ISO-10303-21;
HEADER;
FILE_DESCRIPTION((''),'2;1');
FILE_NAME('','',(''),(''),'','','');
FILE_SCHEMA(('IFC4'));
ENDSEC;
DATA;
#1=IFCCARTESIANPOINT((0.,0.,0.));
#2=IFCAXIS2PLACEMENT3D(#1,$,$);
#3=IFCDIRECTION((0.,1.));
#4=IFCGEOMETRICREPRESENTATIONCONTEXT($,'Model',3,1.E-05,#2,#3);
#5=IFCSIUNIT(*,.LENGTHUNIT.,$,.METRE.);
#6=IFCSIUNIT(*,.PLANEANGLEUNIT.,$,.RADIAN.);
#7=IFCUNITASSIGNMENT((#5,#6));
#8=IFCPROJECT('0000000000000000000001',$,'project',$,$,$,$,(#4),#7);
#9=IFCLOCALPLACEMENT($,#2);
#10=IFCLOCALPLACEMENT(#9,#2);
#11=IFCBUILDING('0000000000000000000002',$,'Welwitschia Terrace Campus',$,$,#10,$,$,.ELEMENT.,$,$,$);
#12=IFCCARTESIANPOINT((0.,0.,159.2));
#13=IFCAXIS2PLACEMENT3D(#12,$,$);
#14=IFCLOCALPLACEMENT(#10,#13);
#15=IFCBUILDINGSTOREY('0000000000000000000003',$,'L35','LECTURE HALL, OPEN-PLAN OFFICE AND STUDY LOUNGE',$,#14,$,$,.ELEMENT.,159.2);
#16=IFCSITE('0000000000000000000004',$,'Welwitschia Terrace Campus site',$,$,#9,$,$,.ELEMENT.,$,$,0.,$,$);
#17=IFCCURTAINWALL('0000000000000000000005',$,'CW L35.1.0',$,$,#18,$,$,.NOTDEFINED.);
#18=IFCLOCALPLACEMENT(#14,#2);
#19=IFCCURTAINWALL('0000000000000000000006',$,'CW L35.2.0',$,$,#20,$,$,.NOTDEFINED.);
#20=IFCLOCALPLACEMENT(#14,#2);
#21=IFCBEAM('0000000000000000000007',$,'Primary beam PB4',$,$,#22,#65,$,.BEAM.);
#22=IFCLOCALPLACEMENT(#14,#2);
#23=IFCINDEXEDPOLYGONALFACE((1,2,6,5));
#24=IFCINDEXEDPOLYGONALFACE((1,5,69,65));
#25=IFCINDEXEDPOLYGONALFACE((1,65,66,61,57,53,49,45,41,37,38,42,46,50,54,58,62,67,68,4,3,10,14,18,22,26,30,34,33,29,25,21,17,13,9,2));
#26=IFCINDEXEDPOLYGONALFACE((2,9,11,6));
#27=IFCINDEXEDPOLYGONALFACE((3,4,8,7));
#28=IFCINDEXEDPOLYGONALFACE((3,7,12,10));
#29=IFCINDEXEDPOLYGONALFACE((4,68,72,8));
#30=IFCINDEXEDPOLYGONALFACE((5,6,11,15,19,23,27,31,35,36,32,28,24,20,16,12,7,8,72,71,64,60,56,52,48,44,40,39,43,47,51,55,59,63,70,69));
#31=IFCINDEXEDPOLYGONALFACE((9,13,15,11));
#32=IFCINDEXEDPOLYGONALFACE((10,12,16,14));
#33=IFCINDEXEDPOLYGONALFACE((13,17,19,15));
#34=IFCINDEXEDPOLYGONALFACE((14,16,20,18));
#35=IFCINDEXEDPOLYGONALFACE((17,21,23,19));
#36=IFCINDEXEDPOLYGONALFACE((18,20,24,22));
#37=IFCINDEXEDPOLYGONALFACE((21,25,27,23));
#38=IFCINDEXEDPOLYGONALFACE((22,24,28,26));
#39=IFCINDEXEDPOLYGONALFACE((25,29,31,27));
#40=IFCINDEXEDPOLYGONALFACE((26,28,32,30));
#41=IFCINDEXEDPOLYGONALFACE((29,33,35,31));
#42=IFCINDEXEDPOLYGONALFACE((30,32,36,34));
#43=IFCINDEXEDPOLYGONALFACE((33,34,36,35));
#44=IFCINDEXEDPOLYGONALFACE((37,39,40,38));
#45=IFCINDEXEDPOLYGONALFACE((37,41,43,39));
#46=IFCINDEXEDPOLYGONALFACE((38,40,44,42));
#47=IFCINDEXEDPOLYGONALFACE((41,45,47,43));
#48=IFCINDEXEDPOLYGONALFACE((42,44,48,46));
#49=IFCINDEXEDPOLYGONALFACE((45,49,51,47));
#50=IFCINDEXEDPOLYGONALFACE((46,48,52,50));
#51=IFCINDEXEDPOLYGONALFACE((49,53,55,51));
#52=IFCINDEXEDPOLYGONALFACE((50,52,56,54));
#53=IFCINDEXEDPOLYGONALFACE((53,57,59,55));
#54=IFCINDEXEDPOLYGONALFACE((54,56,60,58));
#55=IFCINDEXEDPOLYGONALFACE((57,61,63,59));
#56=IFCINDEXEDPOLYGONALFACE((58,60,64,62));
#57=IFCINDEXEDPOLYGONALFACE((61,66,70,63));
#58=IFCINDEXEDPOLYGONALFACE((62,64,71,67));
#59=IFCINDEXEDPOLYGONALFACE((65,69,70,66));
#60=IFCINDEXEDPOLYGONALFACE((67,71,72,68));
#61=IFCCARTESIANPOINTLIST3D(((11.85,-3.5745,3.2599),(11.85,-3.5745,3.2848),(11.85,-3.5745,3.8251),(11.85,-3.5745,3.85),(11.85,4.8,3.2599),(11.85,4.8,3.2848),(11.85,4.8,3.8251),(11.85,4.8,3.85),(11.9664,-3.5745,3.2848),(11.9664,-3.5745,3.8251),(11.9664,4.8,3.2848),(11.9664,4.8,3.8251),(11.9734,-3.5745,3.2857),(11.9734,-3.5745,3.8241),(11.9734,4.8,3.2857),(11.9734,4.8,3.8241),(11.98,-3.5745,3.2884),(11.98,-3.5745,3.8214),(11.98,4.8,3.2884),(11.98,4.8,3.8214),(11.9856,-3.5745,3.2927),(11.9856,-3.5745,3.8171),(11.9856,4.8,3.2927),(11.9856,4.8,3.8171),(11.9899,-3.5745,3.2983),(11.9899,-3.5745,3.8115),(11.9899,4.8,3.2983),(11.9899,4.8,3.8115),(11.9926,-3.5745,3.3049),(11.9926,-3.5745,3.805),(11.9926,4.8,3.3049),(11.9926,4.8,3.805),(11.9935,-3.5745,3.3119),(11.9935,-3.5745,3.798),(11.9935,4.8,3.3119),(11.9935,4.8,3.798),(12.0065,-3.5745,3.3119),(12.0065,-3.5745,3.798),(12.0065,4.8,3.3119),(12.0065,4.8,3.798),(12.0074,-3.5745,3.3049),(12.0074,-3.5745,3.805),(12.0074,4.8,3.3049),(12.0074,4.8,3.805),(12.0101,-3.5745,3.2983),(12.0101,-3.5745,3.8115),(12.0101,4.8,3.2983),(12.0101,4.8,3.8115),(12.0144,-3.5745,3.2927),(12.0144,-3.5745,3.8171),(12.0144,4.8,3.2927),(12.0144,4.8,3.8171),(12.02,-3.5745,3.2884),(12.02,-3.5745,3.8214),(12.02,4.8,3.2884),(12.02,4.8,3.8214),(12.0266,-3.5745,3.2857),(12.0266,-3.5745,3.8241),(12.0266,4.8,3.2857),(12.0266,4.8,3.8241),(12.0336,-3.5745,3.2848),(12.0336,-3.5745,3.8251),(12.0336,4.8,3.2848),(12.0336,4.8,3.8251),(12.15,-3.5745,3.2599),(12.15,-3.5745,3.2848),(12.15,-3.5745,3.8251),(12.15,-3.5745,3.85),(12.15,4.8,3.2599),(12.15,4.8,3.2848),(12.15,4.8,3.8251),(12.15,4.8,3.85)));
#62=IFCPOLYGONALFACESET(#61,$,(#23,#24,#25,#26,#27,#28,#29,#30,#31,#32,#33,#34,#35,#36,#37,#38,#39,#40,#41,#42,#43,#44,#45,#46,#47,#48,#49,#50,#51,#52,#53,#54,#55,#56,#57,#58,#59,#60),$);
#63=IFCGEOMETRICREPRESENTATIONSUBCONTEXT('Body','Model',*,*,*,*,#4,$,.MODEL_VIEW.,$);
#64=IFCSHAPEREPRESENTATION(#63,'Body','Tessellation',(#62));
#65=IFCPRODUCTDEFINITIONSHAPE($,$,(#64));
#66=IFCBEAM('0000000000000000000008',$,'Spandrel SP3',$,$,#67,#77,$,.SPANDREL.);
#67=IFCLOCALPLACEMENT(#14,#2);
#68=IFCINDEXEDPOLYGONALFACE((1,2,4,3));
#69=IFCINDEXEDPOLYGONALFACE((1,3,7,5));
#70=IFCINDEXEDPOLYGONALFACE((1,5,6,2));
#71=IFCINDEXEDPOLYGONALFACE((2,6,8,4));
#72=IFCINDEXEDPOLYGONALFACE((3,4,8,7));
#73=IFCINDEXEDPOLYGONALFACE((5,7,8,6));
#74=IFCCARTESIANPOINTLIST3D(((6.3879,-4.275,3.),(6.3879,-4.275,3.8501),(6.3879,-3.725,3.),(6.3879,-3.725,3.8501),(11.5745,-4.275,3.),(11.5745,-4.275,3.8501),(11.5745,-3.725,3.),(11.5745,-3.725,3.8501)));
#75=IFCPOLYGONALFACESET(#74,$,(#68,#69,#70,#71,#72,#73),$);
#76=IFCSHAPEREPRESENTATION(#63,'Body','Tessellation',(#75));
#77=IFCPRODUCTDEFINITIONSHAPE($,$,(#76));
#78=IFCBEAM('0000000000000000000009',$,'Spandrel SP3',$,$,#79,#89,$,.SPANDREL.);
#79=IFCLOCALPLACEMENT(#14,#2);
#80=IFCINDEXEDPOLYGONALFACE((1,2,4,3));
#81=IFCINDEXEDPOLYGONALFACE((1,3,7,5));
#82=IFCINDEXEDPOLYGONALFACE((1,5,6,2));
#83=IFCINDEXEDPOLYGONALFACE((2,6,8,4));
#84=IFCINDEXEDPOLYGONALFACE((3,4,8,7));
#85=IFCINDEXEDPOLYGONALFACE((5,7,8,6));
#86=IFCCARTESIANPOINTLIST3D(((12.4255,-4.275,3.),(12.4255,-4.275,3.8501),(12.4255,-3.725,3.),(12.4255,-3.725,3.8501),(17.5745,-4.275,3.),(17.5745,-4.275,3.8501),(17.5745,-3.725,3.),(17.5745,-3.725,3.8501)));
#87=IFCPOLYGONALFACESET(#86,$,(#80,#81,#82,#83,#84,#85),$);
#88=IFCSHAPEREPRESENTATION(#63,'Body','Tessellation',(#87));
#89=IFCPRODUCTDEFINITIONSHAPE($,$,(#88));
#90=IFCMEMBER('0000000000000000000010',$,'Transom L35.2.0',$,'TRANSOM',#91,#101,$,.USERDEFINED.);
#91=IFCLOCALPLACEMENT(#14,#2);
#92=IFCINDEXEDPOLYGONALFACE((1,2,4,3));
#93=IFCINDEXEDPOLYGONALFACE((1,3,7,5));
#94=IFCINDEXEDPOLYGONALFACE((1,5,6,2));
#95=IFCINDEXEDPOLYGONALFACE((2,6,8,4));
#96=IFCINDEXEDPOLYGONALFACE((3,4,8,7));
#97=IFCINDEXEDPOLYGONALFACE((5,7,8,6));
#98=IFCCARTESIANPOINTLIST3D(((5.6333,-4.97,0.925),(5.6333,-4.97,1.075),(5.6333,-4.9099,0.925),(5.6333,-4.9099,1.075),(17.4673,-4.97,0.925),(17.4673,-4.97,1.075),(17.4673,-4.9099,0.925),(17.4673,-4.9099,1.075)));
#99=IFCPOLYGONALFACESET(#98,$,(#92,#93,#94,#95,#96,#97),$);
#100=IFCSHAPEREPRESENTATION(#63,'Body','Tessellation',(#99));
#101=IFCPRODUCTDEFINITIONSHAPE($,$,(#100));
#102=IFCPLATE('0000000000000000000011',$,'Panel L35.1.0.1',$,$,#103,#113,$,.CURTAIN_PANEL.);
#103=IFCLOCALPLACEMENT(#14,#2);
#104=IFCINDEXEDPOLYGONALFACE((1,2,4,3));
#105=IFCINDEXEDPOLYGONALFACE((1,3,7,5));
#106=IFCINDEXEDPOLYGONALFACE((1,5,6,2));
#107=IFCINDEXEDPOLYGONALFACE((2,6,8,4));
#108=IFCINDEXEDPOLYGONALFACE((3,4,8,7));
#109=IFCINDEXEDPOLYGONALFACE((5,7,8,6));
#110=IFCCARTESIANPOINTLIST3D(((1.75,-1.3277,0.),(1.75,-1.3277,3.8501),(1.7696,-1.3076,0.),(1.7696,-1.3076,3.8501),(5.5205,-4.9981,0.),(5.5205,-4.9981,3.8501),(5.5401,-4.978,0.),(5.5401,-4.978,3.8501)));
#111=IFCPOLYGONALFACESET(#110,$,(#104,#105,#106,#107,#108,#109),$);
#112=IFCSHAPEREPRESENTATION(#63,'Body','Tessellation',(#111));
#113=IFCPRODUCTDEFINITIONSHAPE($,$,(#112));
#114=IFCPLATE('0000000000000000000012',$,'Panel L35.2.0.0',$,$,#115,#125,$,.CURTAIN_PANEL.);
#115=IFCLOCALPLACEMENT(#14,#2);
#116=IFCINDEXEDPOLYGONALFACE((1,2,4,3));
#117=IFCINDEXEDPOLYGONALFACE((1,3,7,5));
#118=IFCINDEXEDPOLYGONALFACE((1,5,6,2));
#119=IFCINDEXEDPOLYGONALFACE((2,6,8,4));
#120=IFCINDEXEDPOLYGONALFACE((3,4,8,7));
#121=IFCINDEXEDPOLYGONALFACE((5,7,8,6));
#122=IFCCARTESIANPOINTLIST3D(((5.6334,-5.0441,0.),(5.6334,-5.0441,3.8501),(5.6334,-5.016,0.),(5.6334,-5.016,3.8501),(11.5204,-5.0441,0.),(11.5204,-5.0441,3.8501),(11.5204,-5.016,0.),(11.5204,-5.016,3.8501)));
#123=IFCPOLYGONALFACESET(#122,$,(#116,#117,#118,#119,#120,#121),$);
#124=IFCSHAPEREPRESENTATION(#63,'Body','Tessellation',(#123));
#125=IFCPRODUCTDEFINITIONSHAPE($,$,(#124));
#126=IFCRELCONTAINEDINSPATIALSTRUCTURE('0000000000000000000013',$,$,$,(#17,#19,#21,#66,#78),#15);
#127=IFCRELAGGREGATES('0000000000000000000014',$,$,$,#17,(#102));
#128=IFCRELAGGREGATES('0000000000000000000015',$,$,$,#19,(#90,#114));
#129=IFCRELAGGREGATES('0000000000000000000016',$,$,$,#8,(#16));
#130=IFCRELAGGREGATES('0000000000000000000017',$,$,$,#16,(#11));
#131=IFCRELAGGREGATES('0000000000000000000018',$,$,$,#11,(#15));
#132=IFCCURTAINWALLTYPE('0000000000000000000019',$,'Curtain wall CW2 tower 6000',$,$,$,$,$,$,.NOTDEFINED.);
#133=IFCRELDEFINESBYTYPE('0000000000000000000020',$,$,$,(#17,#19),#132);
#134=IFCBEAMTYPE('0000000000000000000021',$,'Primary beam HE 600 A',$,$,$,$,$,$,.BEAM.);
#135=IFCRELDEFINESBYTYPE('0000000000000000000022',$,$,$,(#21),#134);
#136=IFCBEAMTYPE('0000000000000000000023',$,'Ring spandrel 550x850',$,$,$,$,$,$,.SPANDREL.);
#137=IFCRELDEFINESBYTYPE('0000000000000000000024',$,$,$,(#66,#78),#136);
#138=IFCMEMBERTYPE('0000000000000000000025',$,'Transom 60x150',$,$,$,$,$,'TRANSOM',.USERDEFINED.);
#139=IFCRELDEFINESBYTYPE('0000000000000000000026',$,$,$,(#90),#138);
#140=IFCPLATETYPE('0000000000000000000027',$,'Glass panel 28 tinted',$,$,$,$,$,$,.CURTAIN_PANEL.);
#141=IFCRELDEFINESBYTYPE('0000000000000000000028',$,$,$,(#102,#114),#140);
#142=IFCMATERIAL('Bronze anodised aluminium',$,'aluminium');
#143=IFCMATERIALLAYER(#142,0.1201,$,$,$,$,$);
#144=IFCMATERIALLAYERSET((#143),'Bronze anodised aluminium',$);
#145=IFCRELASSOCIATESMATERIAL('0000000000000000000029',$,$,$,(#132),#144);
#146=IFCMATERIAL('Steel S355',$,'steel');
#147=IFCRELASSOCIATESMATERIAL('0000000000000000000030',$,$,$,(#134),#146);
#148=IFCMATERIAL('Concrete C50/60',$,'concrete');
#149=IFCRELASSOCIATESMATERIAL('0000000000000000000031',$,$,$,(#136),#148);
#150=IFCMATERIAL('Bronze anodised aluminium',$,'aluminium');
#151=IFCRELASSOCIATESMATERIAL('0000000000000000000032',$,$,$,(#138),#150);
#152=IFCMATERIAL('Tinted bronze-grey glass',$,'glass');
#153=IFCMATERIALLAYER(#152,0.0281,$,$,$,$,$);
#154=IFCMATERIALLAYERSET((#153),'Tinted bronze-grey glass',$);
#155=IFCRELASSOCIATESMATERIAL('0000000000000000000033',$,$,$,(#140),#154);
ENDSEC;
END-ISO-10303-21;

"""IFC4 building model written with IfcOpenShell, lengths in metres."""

from ifc_helpers import new_model, si_unit, direction, frame, origin, origin_2d, place, context, subcontext, project, spatial, rectangle, i_section, extrude, material, layer, layer_set, material_profile, profile_set, type_object, element, aggregate, save


model = new_model("IFC4")

# Units and contexts
model_context = context("Model", 3, precision=1e-05, world=origin(), true_north=direction((0.0, 1.0)))
body_context = subcontext(model_context, "Body", "Model", "MODEL_VIEW")
ifc_project = project(units=[si_unit("LENGTHUNIT", "METRE"), si_unit("PLANEANGLEUNIT", "RADIAN")], contexts=[model_context])

# Site, building, storey
site_placement = place(None, origin())
site = spatial("IfcSite", under=ifc_project, at=site_placement, Name="Welwitschia Terrace Campus site", CompositionType="ELEMENT", RefElevation=0.0)
building_placement = place(site_placement, origin())
building = spatial("IfcBuilding", under=site, at=building_placement, Name="Welwitschia Terrace Campus", CompositionType="ELEMENT")
storey_placement = place(building_placement, frame((0.0, 0.0, 159.2)))
storey = spatial("IfcBuildingStorey", under=building, at=storey_placement, Name="L35", Description="LECTURE HALL, OPEN-PLAN OFFICE AND STUDY LOUNGE", CompositionType="ELEMENT", Elevation=159.2)

# Curtain walls
ifc_material_1 = material(Name="Bronze anodised aluminium", Category="aluminium")
ifc_layer_1 = layer(ifc_material_1, 0.1201)
ifc_layer_set_1 = layer_set([ifc_layer_1], Name="Bronze anodised aluminium")
curtain_wall_type = type_object("IfcCurtainWallType", Name="Curtain wall CW2 tower 6000", PredefinedType="NOTDEFINED", material=ifc_layer_set_1)
curtain_wall_1_placement = place(storey_placement, origin())
curtain_wall_1 = element("IfcCurtainWall", 1, at=curtain_wall_1_placement, inside=storey, type_object=curtain_wall_type, Name="CW L35.1.0", PredefinedType="NOTDEFINED")
curtain_wall_2_placement = place(storey_placement, origin())
curtain_wall_2 = element("IfcCurtainWall", 2, at=curtain_wall_2_placement, inside=storey, type_object=curtain_wall_type, Name="CW L35.2.0", PredefinedType="NOTDEFINED")

# Beams
ifc_material_2 = material(Name="Steel S355", Category="steel")
ifc_material_profile_1 = material_profile(ifc_material_2, i_section(OverallWidth=0.3, OverallDepth=0.5901, WebThickness=0.0129, FlangeThickness=0.0249, FilletRadius=0.0271, at=origin_2d()))
ifc_profile_set_1 = profile_set([ifc_material_profile_1], Name="Steel S355")
beam_type_1 = type_object("IfcBeamType", Name="Primary beam HE 600 A", PredefinedType="BEAM", material=ifc_profile_set_1)
beam_1_placement = place(storey_placement, frame((12.0, -3.5745, 3.5549), z_axis=(0.0, 1.0, 0.0), x_axis=(-1.0, 0.0, 0.0)))
element("IfcBeam", 3, at=beam_1_placement, inside=storey, type_object=beam_type_1, Name="Primary beam PB4", PredefinedType="BEAM", context=body_context, shape_type="SweptSolid", body=[
    extrude(i_section(OverallWidth=0.3, OverallDepth=0.5901, WebThickness=0.0129, FlangeThickness=0.0249, FilletRadius=0.0271, at=origin_2d()), origin(), (0.0, 0.0, 1.0), 8.3745),
])
ifc_material_3 = material(Name="Concrete C50/60", Category="concrete")
ifc_material_profile_2 = material_profile(ifc_material_3, rectangle(XDim=0.55, YDim=0.8501, at=origin_2d()))
ifc_profile_set_2 = profile_set([ifc_material_profile_2], Name="Concrete C50/60")
beam_type_2 = type_object("IfcBeamType", Name="Ring spandrel 550x850", PredefinedType="SPANDREL", material=ifc_profile_set_2)
beam_2_placement = place(storey_placement, frame((6.3879, -4.0, 3.425), z_axis=(1.0, 0.0, 0.0), x_axis=(0.0, 1.0, 0.0)))
element("IfcBeam", 4, at=beam_2_placement, inside=storey, type_object=beam_type_2, Name="Spandrel SP3", PredefinedType="SPANDREL", context=body_context, shape_type="SweptSolid", body=[
    extrude(rectangle(XDim=0.55, YDim=0.8501, at=origin_2d()), origin(), (0.0, 0.0, 1.0), 5.1865),
])
beam_3_placement = place(storey_placement, frame((12.4255, -4.0, 3.425), z_axis=(1.0, 0.0, 0.0), x_axis=(0.0, 1.0, 0.0)))
element("IfcBeam", 5, at=beam_3_placement, inside=storey, type_object=beam_type_2, Name="Spandrel SP3", PredefinedType="SPANDREL", context=body_context, shape_type="SweptSolid", body=[
    extrude(rectangle(XDim=0.55, YDim=0.8501, at=origin_2d()), origin(), (0.0, 0.0, 1.0), 5.1489),
])

# Member
ifc_material_4 = material(Name="Bronze anodised aluminium", Category="aluminium")
ifc_material_profile_3 = material_profile(ifc_material_4, rectangle(XDim=0.0601, YDim=0.1499, at=origin_2d()))
ifc_profile_set_3 = profile_set([ifc_material_profile_3], Name="Bronze anodised aluminium")
member_type_1 = type_object("IfcMemberType", Name="Transom 60x150", ElementType="TRANSOM", PredefinedType="USERDEFINED", material=ifc_profile_set_3)
member_1_placement = place(storey_placement, frame((5.6333, -4.9399, 1.0), z_axis=(1.0, 0.0, 0.0), x_axis=(0.0, 1.0, 0.0)))
member_1 = element("IfcMember", 6, at=member_1_placement, type_object=member_type_1, Name="Transom L35.2.0", ObjectType="TRANSOM", PredefinedType="USERDEFINED", context=body_context, shape_type="SweptSolid", body=[
    extrude(rectangle(XDim=0.0601, YDim=0.1499, at=origin_2d()), origin(), (0.0, 0.0, 1.0), 11.834),
])

# Plates
ifc_material_5 = material(Name="Tinted bronze-grey glass", Category="glass")
ifc_layer_2 = layer(ifc_material_5, 0.0281)
ifc_layer_set_2 = layer_set([ifc_layer_2], Name="Tinted bronze-grey glass")
plate_type = type_object("IfcPlateType", Name="Glass panel 28 tinted", PredefinedType="CURTAIN_PANEL", material=ifc_layer_set_2)
plate_1_placement = place(storey_placement, frame((3.645, -3.1528, 0.0), z_axis=(0.0, 0.0, 1.0), x_axis=(0.716556, -0.69753, 0.0)))
plate_1 = element("IfcPlate", 7, at=plate_1_placement, type_object=plate_type, Name="Panel L35.1.0.1", PredefinedType="CURTAIN_PANEL", context=body_context, shape_type="SweptSolid", body=[
    extrude(rectangle(XDim=5.262, YDim=0.0281, at=origin_2d()), origin(), (0.0, 0.0, 1.0), 3.8501),
])
aggregate(curtain_wall_1, [plate_1])
plate_2_placement = place(storey_placement, frame((8.5769, -5.03, 0.0), z_axis=(0.0, 0.0, 1.0), x_axis=(1.0, 0.0, 0.0)))
plate_2 = element("IfcPlate", 8, at=plate_2_placement, type_object=plate_type, Name="Panel L35.2.0.0", PredefinedType="CURTAIN_PANEL", context=body_context, shape_type="SweptSolid", body=[
    extrude(rectangle(XDim=5.887, YDim=0.0281, at=origin_2d()), origin(), (0.0, 0.0, 1.0), 3.8501),
])
aggregate(curtain_wall_2, [member_1, plate_2])

save(model, "model.ifc")
